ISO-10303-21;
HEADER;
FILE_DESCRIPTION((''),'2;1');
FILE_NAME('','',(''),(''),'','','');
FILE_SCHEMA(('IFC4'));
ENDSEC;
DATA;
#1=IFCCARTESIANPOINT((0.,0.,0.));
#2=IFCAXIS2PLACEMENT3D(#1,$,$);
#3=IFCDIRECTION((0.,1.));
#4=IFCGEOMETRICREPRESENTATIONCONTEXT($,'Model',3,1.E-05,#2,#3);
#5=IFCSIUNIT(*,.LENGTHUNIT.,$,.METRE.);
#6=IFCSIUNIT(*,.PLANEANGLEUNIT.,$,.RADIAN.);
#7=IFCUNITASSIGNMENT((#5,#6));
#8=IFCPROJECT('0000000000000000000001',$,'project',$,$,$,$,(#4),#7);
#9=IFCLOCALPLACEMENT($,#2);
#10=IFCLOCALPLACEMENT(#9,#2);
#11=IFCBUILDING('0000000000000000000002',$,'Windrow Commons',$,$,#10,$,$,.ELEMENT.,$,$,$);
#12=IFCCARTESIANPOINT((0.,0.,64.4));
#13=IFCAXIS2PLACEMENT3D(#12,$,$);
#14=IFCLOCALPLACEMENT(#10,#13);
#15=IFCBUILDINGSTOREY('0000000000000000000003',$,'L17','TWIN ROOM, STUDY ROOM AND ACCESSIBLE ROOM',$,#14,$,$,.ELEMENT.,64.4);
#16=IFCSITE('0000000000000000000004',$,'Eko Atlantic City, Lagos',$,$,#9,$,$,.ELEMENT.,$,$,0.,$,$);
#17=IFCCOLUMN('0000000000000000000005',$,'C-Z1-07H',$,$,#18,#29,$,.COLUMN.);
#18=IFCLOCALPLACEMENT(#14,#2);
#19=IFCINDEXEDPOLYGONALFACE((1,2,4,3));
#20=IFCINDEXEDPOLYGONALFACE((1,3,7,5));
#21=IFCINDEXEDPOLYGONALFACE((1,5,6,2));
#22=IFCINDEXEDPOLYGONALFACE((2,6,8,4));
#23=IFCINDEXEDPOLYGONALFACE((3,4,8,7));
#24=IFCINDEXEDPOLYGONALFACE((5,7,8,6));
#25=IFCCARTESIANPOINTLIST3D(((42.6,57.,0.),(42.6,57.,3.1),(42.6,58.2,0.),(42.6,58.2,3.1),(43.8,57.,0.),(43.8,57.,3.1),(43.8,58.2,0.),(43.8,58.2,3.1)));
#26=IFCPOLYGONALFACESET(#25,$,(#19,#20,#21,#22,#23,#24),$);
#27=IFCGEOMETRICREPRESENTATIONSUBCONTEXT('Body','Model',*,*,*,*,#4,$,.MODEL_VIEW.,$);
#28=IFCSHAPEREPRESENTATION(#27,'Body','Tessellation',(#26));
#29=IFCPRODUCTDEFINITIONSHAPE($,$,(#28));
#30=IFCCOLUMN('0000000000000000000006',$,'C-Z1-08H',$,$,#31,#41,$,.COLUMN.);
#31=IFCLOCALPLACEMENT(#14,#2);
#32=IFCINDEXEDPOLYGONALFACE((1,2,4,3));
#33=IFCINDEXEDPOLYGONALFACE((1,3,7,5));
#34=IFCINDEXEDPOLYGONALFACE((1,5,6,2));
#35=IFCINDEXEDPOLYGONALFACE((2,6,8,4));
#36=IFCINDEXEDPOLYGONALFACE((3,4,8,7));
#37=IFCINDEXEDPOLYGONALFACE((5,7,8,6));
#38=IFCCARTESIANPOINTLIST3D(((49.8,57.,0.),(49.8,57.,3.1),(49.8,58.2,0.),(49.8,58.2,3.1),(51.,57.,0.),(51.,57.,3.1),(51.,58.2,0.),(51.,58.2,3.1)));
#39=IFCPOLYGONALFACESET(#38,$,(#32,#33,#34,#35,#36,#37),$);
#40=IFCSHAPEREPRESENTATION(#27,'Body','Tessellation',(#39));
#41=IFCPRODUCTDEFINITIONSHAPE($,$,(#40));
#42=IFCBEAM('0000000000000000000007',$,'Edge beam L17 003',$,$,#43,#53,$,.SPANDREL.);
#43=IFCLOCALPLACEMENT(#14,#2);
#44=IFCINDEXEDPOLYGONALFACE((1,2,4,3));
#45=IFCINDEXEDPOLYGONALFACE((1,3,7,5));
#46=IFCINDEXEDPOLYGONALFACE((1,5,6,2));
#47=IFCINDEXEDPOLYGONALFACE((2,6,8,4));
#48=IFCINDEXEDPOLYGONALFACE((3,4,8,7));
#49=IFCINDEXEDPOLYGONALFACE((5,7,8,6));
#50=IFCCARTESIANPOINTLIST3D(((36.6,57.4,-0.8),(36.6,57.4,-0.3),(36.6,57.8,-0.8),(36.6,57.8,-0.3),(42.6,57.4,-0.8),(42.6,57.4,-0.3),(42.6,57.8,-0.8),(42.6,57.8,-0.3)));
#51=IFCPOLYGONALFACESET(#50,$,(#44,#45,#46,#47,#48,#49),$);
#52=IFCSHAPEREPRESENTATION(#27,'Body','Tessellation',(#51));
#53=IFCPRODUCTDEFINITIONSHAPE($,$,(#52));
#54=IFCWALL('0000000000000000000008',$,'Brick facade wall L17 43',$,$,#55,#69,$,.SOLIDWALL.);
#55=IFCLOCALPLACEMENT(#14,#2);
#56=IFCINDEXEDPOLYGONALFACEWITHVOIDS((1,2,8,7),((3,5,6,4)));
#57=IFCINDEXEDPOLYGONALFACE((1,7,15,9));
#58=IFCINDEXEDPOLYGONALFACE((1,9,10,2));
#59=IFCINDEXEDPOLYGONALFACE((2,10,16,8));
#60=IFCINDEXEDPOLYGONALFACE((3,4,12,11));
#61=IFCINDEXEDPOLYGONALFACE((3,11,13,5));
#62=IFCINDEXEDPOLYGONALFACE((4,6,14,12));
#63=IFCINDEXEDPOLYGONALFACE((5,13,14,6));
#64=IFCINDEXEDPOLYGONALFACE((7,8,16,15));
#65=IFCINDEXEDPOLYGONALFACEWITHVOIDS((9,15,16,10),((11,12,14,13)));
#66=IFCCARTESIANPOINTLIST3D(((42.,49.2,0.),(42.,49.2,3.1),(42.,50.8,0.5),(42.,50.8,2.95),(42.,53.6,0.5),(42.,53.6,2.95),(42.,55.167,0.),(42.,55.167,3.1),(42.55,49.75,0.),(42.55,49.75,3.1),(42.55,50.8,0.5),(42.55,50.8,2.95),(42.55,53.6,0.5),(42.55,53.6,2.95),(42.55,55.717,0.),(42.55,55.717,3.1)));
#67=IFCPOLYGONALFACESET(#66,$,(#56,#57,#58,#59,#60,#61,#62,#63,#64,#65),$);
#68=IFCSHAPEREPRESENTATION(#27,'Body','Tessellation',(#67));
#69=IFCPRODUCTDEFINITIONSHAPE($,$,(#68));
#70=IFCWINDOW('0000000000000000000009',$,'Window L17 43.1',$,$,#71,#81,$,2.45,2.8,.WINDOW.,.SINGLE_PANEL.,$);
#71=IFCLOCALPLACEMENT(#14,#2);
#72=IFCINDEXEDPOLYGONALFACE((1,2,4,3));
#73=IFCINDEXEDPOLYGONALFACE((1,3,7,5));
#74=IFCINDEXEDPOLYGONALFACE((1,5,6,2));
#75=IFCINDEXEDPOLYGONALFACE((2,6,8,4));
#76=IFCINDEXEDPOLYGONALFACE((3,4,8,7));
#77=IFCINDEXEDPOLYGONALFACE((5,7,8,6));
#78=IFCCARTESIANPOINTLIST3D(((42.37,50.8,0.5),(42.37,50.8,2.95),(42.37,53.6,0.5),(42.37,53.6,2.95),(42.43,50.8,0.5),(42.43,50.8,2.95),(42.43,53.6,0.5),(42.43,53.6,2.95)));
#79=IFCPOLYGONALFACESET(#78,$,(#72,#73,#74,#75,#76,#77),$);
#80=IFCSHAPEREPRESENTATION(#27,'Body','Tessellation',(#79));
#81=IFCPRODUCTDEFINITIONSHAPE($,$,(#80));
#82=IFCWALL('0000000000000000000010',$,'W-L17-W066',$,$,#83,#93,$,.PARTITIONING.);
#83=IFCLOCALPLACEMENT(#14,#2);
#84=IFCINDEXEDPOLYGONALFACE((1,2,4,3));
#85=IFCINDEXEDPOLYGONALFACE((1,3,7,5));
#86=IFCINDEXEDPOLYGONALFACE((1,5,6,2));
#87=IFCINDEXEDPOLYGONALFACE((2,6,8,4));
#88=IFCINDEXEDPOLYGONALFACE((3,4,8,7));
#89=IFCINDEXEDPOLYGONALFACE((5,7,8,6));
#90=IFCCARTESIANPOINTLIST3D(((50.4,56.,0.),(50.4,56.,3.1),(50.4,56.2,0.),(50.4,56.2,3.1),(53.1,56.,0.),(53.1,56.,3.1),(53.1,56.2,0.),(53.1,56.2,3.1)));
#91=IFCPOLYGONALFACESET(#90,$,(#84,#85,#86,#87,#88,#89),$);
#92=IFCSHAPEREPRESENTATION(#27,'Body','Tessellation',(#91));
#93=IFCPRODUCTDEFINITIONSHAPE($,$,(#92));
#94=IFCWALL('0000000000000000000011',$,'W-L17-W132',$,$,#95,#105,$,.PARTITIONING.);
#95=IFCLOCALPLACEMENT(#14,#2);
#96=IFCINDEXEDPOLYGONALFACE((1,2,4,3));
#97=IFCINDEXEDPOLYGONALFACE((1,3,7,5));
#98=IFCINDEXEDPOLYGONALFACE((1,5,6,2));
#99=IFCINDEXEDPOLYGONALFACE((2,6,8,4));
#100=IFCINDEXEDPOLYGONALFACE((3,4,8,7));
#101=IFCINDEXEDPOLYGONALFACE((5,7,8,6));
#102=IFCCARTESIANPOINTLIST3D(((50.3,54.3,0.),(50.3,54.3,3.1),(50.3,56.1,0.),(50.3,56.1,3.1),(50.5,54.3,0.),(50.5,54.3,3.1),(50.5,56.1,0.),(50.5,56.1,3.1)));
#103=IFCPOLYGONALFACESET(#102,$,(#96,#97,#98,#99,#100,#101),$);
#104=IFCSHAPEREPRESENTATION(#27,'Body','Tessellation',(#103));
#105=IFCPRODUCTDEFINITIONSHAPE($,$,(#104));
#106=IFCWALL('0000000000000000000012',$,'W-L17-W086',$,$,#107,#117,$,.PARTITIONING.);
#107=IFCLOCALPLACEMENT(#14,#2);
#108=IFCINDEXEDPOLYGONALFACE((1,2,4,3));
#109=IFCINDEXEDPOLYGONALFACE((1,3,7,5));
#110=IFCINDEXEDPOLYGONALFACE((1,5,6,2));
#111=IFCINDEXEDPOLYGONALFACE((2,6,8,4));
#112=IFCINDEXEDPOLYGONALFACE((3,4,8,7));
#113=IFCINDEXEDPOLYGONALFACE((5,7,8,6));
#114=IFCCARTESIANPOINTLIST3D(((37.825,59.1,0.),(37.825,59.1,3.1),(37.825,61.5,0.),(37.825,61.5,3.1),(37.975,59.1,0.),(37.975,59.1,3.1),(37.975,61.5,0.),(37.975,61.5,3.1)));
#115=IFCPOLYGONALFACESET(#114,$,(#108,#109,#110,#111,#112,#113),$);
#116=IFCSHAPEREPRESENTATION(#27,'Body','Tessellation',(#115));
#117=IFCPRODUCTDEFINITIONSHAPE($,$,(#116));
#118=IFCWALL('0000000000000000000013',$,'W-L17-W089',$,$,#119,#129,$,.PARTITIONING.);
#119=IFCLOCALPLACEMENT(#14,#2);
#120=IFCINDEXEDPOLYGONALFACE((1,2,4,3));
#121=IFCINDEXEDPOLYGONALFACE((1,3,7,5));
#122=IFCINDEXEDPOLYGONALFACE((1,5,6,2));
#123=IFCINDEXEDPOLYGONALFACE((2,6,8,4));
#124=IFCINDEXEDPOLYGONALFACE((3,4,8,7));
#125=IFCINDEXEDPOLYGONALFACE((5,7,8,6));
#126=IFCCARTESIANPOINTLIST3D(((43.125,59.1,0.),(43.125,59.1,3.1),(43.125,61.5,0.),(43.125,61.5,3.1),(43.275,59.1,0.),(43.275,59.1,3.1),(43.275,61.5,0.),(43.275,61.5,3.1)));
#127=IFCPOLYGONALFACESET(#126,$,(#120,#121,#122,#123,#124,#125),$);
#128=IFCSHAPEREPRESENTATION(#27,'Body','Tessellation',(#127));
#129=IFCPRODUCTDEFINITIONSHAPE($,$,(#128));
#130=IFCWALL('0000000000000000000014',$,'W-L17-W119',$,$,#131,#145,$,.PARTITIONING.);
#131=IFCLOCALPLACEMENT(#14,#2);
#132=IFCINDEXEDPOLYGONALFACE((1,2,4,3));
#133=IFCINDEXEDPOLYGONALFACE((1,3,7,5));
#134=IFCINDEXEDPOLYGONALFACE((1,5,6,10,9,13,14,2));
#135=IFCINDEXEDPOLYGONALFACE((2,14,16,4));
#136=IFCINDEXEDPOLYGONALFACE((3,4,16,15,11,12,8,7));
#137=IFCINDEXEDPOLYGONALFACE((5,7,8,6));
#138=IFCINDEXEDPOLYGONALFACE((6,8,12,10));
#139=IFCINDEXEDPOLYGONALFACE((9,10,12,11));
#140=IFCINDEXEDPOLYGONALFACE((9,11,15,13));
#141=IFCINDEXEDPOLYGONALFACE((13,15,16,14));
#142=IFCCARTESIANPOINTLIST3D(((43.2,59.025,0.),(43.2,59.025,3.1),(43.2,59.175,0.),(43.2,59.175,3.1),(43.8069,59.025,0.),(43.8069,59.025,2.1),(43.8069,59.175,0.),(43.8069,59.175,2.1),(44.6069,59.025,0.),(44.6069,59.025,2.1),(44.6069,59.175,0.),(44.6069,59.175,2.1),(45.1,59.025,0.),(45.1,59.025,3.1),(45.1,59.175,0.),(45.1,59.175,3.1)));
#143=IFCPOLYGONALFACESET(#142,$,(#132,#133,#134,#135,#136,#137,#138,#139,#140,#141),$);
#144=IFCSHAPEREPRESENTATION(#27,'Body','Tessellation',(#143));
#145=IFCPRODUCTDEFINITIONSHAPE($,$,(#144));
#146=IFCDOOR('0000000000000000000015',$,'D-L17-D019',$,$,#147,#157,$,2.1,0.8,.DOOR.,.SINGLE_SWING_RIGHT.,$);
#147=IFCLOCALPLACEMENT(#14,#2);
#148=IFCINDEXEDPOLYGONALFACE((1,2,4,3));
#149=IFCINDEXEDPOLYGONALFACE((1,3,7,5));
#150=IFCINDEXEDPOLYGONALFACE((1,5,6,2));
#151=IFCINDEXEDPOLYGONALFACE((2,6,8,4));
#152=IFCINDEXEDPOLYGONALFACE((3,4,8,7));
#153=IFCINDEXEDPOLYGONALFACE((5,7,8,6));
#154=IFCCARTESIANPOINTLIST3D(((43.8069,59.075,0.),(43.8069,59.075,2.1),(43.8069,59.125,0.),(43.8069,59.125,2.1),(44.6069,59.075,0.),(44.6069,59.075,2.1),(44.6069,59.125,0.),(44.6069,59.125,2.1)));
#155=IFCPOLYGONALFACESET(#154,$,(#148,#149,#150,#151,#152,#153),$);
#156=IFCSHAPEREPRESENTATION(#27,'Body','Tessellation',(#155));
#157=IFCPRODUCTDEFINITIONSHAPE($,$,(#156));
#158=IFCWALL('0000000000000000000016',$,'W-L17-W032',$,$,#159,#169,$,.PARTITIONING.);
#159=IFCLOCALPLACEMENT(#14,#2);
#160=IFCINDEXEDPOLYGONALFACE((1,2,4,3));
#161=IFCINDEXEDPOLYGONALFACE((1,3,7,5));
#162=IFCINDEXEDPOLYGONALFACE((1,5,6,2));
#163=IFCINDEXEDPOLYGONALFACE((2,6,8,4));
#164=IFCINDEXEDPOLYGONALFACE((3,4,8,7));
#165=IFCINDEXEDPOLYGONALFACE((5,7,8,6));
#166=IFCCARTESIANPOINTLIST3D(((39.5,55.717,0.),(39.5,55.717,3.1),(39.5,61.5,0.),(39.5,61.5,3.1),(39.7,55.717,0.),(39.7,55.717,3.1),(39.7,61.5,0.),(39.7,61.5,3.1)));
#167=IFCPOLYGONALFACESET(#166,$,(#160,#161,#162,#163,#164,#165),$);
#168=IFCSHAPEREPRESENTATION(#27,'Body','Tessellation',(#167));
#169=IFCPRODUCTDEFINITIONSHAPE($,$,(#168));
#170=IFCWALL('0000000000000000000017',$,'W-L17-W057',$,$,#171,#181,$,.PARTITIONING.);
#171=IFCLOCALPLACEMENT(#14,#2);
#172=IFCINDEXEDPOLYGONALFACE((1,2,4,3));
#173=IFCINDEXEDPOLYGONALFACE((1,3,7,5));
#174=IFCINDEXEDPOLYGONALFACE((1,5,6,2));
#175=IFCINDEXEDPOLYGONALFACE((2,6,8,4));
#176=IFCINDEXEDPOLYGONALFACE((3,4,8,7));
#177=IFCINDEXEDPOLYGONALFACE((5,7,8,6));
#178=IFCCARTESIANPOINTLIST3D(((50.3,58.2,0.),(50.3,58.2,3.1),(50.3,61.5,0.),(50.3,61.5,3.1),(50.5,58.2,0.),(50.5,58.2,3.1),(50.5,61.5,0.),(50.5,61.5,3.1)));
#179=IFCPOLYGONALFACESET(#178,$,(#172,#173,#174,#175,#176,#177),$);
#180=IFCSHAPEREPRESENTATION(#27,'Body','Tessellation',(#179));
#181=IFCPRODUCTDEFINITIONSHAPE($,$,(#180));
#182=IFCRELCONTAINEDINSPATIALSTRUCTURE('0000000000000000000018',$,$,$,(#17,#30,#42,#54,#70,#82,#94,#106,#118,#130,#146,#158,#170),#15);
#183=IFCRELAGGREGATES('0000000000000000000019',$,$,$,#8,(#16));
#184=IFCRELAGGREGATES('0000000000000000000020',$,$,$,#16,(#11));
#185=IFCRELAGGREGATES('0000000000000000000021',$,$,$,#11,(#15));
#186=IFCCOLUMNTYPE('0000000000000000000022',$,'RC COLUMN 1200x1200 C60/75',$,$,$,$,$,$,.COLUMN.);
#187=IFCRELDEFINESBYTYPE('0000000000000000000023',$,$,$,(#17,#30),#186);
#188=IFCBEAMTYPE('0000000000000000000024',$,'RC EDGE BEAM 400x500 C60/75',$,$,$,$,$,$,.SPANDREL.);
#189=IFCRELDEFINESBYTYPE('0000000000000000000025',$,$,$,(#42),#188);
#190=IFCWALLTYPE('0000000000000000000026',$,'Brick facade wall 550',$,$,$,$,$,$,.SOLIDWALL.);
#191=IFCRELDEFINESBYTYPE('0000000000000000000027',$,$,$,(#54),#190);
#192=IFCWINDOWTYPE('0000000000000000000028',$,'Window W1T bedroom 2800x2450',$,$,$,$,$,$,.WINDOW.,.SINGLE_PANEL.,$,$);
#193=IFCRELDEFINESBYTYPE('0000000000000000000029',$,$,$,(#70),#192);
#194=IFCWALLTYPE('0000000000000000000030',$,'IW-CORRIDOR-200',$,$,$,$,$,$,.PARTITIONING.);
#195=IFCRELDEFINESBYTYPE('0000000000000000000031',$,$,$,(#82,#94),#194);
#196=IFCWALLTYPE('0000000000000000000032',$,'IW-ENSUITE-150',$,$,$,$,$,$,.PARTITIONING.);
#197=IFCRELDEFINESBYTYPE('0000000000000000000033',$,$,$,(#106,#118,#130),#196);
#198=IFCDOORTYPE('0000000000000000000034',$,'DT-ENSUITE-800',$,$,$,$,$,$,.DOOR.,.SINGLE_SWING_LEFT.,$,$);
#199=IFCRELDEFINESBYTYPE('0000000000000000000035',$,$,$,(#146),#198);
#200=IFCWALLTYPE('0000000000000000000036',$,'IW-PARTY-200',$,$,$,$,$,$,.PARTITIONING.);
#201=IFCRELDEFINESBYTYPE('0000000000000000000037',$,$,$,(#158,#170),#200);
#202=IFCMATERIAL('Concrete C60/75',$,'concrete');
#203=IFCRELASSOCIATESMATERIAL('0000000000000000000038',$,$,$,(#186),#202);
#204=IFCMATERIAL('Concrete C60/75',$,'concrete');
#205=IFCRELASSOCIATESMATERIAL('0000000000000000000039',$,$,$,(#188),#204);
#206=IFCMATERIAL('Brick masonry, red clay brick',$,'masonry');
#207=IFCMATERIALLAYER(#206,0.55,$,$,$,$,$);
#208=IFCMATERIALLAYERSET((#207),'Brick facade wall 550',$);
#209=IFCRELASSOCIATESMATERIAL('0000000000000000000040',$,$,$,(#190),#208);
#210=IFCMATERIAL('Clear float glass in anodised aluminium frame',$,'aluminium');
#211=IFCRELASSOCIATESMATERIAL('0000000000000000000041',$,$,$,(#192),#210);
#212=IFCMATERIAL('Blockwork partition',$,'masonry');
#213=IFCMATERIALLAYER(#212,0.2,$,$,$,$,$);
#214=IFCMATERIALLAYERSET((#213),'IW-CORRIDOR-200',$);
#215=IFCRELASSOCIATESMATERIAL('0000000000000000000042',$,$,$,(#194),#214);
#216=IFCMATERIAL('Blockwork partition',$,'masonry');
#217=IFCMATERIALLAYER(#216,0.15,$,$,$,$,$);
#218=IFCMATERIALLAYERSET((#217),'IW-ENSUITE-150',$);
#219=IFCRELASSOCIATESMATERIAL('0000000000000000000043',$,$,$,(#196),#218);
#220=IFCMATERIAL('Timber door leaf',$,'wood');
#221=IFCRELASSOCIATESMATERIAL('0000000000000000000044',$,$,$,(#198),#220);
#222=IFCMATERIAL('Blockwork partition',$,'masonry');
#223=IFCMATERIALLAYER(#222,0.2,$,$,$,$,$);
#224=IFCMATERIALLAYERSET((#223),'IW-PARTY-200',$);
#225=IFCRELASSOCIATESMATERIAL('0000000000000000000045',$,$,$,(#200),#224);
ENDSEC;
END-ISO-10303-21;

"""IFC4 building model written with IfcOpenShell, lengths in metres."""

from ifc_helpers import new_model, si_unit, direction, frame, frame_2d, origin, origin_2d, place, context, subcontext, project, spatial, polyline, rectangle, outline, extrude, material, layer, layer_set, material_profile, profile_set, type_object, element, fill, save


model = new_model("IFC4")

# Units and contexts
model_context = context("Model", 3, precision=1e-05, world=origin(), true_north=direction((0.0, 1.0)))
body_context = subcontext(model_context, "Body", "Model", "MODEL_VIEW")
ifc_project = project(units=[si_unit("LENGTHUNIT", "METRE"), si_unit("PLANEANGLEUNIT", "RADIAN")], contexts=[model_context])

# Site, building, storey
site_placement = place(None, origin())
site = spatial("IfcSite", under=ifc_project, at=site_placement, Name="Eko Atlantic City, Lagos", CompositionType="ELEMENT", RefElevation=0.0)
building_placement = place(site_placement, origin())
building = spatial("IfcBuilding", under=site, at=building_placement, Name="Windrow Commons", CompositionType="ELEMENT")
storey_placement = place(building_placement, frame((0.0, 0.0, 64.4)))
storey = spatial("IfcBuildingStorey", under=building, at=storey_placement, Name="L17", Description="TWIN ROOM, STUDY ROOM AND ACCESSIBLE ROOM", CompositionType="ELEMENT", Elevation=64.4)

# Columns
ifc_material_1 = material(Name="Concrete C60/75", Category="concrete")
ifc_material_profile_1 = material_profile(ifc_material_1, rectangle(XDim=1.2, YDim=1.2, at=origin_2d()))
ifc_profile_set_1 = profile_set([ifc_material_profile_1], Name="Concrete C60/75")
column_type = type_object("IfcColumnType", Name="RC COLUMN 1200x1200 C60/75", PredefinedType="COLUMN", material=ifc_profile_set_1)
for number, where, z_axis, x_axis, name in (
    (1, (43.2, 57.6, 0.0), (0.0, 0.0, 1.0), (1.0, 0.0, 0.0), "C-Z1-07H"),
    (2, (50.4, 57.6, 0.0), (0.0, 0.0, 1.0), (1.0, 0.0, 0.0), "C-Z1-08H"),
):
    element("IfcColumn", number, at=place(storey_placement, frame(where, z_axis=z_axis, x_axis=x_axis)), inside=storey, type_object=column_type, Name=name, PredefinedType="COLUMN", context=body_context, shape_type="SweptSolid", body=[
        extrude(rectangle(XDim=1.2, YDim=1.2, at=origin_2d()), origin(), (0.0, 0.0, 1.0), 3.1),
    ])

# Beam
ifc_material_2 = material(Name="Concrete C60/75", Category="concrete")
ifc_material_profile_2 = material_profile(ifc_material_2, rectangle(XDim=0.4, YDim=0.5, at=origin_2d()))
ifc_profile_set_2 = profile_set([ifc_material_profile_2], Name="Concrete C60/75")
beam_type = type_object("IfcBeamType", Name="RC EDGE BEAM 400x500 C60/75", PredefinedType="SPANDREL", material=ifc_profile_set_2)
beam_placement = place(storey_placement, frame((42.6, 57.6, -0.55), z_axis=(-1.0, 0.0, 0.0), x_axis=(0.0, -1.0, 0.0)))
element("IfcBeam", 3, at=beam_placement, inside=storey, type_object=beam_type, Name="Edge beam L17 003", PredefinedType="SPANDREL", context=body_context, shape_type="SweptSolid", body=[
    extrude(rectangle(XDim=0.4, YDim=0.5, at=origin_2d()), origin(), (0.0, 0.0, 1.0), 6.0),
])

# Wall, opening, window
ifc_material_3 = material(Name="Brick masonry, red clay brick", Category="masonry")
ifc_layer_1 = layer(ifc_material_3, 0.55)
ifc_layer_set_1 = layer_set([ifc_layer_1], Name="Brick facade wall 550")
wall_type_1 = type_object("IfcWallType", Name="Brick facade wall 550", PredefinedType="SOLIDWALL", material=ifc_layer_set_1)
wall_1_placement = place(storey_placement, frame((42.275, 55.442, 0.0), z_axis=(0.0, 0.0, 1.0), x_axis=(0.0, -1.0, 0.0)))
wall_1 = element("IfcWall", 4, at=wall_1_placement, inside=storey, type_object=wall_type_1, Name="Brick facade wall L17 43", PredefinedType="SOLIDWALL", context=body_context, shape_type="SweptSolid", body=[
    extrude(outline(polyline([(0.275, -0.275), (6.242, -0.275), (5.692, 0.275), (-0.275, 0.275), (0.275, -0.275)])), origin(), (0.0, 0.0, 1.0), 3.1),
])
opening_1_placement = place(wall_1_placement, frame((1.842, 0.0, 0.5)))
opening_1 = element("IfcOpeningElement", 5, at=opening_1_placement, cuts=wall_1, PredefinedType="OPENING", context=body_context, shape_type="SweptSolid", body=[
    extrude(rectangle(XDim=2.8, YDim=2.45, at=frame_2d((1.4, 1.225))), frame((0.0, 0.285, 0.0), z_axis=(0.0, -1.0, 0.0), x_axis=(1.0, 0.0, 0.0)), (0.0, 0.0, 1.0), 0.57),
])
ifc_material_4 = material(Name="Clear float glass in anodised aluminium frame", Category="aluminium")
window_type = type_object("IfcWindowType", Name="Window W1T bedroom 2800x2450", PartitioningType="SINGLE_PANEL", PredefinedType="WINDOW", material=ifc_material_4)
window_placement = place(opening_1_placement, origin())
window = element("IfcWindow", 6, at=window_placement, inside=storey, type_object=window_type, Name="Window L17 43.1", OverallHeight=2.45, OverallWidth=2.8, PartitioningType="SINGLE_PANEL", PredefinedType="WINDOW", context=body_context, shape_type="SweptSolid", body=[
    extrude(rectangle(XDim=2.8, YDim=2.45, at=frame_2d((1.4, 1.225))), frame((0.0, 0.155, 0.0), z_axis=(0.0, -1.0, 0.0), x_axis=(1.0, 0.0, 0.0)), (0.0, 0.0, 1.0), 0.06),
])
fill(opening_1, window)

# Walls
ifc_material_5 = material(Name="Blockwork partition", Category="masonry")
ifc_layer_2 = layer(ifc_material_5, 0.2)
ifc_layer_set_2 = layer_set([ifc_layer_2], Name="IW-CORRIDOR-200")
wall_type_2 = type_object("IfcWallType", Name="IW-CORRIDOR-200", PredefinedType="PARTITIONING", material=ifc_layer_set_2)
wall_2_placement = place(storey_placement, frame((50.4, 56.1, 0.0), z_axis=(0.0, 0.0, 1.0), x_axis=(1.0, 0.0, 0.0)))
element("IfcWall", 7, at=wall_2_placement, inside=storey, type_object=wall_type_2, Name="W-L17-W066", PredefinedType="PARTITIONING", context=body_context, shape_type="SweptSolid", body=[
    extrude(rectangle(XDim=2.7, YDim=0.2, at=frame_2d((1.35, 0.0))), origin(), (0.0, 0.0, 1.0), 3.1),
])
wall_3_placement = place(storey_placement, frame((50.4, 54.3, 0.0), z_axis=(0.0, 0.0, 1.0), x_axis=(0.0, 1.0, 0.0)))
element("IfcWall", 8, at=wall_3_placement, inside=storey, type_object=wall_type_2, Name="W-L17-W132", PredefinedType="PARTITIONING", context=body_context, shape_type="SweptSolid", body=[
    extrude(rectangle(XDim=1.8, YDim=0.2, at=frame_2d((0.9, 0.0))), origin(), (0.0, 0.0, 1.0), 3.1),
])
ifc_material_6 = material(Name="Blockwork partition", Category="masonry")
ifc_layer_3 = layer(ifc_material_6, 0.15)
ifc_layer_set_3 = layer_set([ifc_layer_3], Name="IW-ENSUITE-150")
wall_type_3 = type_object("IfcWallType", Name="IW-ENSUITE-150", PredefinedType="PARTITIONING", material=ifc_layer_set_3)
for number, where, z_axis, x_axis, name in (
    (9, (37.9, 59.1, 0.0), (0.0, 0.0, 1.0), (0.0, 1.0, 0.0), "W-L17-W086"),
    (10, (43.2, 59.1, 0.0), (0.0, 0.0, 1.0), (0.0, 1.0, 0.0), "W-L17-W089"),
):
    element("IfcWall", number, at=place(storey_placement, frame(where, z_axis=z_axis, x_axis=x_axis)), inside=storey, type_object=wall_type_3, Name=name, PredefinedType="PARTITIONING", context=body_context, shape_type="SweptSolid", body=[
        extrude(rectangle(XDim=2.4, YDim=0.15, at=frame_2d((1.2, 0.0))), origin(), (0.0, 0.0, 1.0), 3.1),
    ])

# Wall, opening, door
wall_4_placement = place(storey_placement, frame((43.2, 59.1, 0.0), z_axis=(0.0, 0.0, 1.0), x_axis=(1.0, 0.0, 0.0)))
wall_4 = element("IfcWall", 11, at=wall_4_placement, inside=storey, type_object=wall_type_3, Name="W-L17-W119", PredefinedType="PARTITIONING", context=body_context, shape_type="SweptSolid", body=[
    extrude(rectangle(XDim=1.9, YDim=0.15, at=frame_2d((0.95, 0.0))), origin(), (0.0, 0.0, 1.0), 3.1),
])
opening_2_placement = place(wall_4_placement, frame((0.6069, 0.0, 0.0)))
opening_2 = element("IfcOpeningElement", 12, at=opening_2_placement, cuts=wall_4, PredefinedType="OPENING", context=body_context, shape_type="SweptSolid", body=[
    extrude(rectangle(XDim=0.8, YDim=2.1, at=frame_2d((0.4, 1.05))), frame((0.0, 0.085, 0.0), z_axis=(0.0, -1.0, 0.0), x_axis=(1.0, 0.0, 0.0)), (0.0, 0.0, 1.0), 0.17),
])
ifc_material_7 = material(Name="Timber door leaf", Category="wood")
door_type = type_object("IfcDoorType", Name="DT-ENSUITE-800", OperationType="SINGLE_SWING_LEFT", PredefinedType="DOOR", material=ifc_material_7)
door_placement = place(opening_2_placement, origin())
door = element("IfcDoor", 13, at=door_placement, inside=storey, type_object=door_type, Name="D-L17-D019", OperationType="SINGLE_SWING_RIGHT", OverallHeight=2.1, OverallWidth=0.8, PredefinedType="DOOR", context=body_context, shape_type="SweptSolid", body=[
    extrude(rectangle(XDim=0.8, YDim=2.1, at=frame_2d((0.4, 1.05))), frame((0.0, 0.025, 0.0), z_axis=(0.0, -1.0, 0.0), x_axis=(1.0, 0.0, 0.0)), (0.0, 0.0, 1.0), 0.05),
])
fill(opening_2, door)

# Walls
ifc_material_8 = material(Name="Blockwork partition", Category="masonry")
ifc_layer_4 = layer(ifc_material_8, 0.2)
ifc_layer_set_4 = layer_set([ifc_layer_4], Name="IW-PARTY-200")
wall_type_4 = type_object("IfcWallType", Name="IW-PARTY-200", PredefinedType="PARTITIONING", material=ifc_layer_set_4)
wall_5_placement = place(storey_placement, frame((39.6, 55.717, 0.0), z_axis=(0.0, 0.0, 1.0), x_axis=(0.0, 1.0, 0.0)))
element("IfcWall", 14, at=wall_5_placement, inside=storey, type_object=wall_type_4, Name="W-L17-W032", PredefinedType="PARTITIONING", context=body_context, shape_type="SweptSolid", body=[
    extrude(rectangle(XDim=5.783, YDim=0.2, at=frame_2d((2.8915, 0.0))), origin(), (0.0, 0.0, 1.0), 3.1),
])
wall_6_placement = place(storey_placement, frame((50.4, 58.2, 0.0), z_axis=(0.0, 0.0, 1.0), x_axis=(0.0, 1.0, 0.0)))
element("IfcWall", 15, at=wall_6_placement, inside=storey, type_object=wall_type_4, Name="W-L17-W057", PredefinedType="PARTITIONING", context=body_context, shape_type="SweptSolid", body=[
    extrude(rectangle(XDim=3.3, YDim=0.2, at=frame_2d((1.65, 0.0))), origin(), (0.0, 0.0, 1.0), 3.1),
])

save(model, "model.ifc")
